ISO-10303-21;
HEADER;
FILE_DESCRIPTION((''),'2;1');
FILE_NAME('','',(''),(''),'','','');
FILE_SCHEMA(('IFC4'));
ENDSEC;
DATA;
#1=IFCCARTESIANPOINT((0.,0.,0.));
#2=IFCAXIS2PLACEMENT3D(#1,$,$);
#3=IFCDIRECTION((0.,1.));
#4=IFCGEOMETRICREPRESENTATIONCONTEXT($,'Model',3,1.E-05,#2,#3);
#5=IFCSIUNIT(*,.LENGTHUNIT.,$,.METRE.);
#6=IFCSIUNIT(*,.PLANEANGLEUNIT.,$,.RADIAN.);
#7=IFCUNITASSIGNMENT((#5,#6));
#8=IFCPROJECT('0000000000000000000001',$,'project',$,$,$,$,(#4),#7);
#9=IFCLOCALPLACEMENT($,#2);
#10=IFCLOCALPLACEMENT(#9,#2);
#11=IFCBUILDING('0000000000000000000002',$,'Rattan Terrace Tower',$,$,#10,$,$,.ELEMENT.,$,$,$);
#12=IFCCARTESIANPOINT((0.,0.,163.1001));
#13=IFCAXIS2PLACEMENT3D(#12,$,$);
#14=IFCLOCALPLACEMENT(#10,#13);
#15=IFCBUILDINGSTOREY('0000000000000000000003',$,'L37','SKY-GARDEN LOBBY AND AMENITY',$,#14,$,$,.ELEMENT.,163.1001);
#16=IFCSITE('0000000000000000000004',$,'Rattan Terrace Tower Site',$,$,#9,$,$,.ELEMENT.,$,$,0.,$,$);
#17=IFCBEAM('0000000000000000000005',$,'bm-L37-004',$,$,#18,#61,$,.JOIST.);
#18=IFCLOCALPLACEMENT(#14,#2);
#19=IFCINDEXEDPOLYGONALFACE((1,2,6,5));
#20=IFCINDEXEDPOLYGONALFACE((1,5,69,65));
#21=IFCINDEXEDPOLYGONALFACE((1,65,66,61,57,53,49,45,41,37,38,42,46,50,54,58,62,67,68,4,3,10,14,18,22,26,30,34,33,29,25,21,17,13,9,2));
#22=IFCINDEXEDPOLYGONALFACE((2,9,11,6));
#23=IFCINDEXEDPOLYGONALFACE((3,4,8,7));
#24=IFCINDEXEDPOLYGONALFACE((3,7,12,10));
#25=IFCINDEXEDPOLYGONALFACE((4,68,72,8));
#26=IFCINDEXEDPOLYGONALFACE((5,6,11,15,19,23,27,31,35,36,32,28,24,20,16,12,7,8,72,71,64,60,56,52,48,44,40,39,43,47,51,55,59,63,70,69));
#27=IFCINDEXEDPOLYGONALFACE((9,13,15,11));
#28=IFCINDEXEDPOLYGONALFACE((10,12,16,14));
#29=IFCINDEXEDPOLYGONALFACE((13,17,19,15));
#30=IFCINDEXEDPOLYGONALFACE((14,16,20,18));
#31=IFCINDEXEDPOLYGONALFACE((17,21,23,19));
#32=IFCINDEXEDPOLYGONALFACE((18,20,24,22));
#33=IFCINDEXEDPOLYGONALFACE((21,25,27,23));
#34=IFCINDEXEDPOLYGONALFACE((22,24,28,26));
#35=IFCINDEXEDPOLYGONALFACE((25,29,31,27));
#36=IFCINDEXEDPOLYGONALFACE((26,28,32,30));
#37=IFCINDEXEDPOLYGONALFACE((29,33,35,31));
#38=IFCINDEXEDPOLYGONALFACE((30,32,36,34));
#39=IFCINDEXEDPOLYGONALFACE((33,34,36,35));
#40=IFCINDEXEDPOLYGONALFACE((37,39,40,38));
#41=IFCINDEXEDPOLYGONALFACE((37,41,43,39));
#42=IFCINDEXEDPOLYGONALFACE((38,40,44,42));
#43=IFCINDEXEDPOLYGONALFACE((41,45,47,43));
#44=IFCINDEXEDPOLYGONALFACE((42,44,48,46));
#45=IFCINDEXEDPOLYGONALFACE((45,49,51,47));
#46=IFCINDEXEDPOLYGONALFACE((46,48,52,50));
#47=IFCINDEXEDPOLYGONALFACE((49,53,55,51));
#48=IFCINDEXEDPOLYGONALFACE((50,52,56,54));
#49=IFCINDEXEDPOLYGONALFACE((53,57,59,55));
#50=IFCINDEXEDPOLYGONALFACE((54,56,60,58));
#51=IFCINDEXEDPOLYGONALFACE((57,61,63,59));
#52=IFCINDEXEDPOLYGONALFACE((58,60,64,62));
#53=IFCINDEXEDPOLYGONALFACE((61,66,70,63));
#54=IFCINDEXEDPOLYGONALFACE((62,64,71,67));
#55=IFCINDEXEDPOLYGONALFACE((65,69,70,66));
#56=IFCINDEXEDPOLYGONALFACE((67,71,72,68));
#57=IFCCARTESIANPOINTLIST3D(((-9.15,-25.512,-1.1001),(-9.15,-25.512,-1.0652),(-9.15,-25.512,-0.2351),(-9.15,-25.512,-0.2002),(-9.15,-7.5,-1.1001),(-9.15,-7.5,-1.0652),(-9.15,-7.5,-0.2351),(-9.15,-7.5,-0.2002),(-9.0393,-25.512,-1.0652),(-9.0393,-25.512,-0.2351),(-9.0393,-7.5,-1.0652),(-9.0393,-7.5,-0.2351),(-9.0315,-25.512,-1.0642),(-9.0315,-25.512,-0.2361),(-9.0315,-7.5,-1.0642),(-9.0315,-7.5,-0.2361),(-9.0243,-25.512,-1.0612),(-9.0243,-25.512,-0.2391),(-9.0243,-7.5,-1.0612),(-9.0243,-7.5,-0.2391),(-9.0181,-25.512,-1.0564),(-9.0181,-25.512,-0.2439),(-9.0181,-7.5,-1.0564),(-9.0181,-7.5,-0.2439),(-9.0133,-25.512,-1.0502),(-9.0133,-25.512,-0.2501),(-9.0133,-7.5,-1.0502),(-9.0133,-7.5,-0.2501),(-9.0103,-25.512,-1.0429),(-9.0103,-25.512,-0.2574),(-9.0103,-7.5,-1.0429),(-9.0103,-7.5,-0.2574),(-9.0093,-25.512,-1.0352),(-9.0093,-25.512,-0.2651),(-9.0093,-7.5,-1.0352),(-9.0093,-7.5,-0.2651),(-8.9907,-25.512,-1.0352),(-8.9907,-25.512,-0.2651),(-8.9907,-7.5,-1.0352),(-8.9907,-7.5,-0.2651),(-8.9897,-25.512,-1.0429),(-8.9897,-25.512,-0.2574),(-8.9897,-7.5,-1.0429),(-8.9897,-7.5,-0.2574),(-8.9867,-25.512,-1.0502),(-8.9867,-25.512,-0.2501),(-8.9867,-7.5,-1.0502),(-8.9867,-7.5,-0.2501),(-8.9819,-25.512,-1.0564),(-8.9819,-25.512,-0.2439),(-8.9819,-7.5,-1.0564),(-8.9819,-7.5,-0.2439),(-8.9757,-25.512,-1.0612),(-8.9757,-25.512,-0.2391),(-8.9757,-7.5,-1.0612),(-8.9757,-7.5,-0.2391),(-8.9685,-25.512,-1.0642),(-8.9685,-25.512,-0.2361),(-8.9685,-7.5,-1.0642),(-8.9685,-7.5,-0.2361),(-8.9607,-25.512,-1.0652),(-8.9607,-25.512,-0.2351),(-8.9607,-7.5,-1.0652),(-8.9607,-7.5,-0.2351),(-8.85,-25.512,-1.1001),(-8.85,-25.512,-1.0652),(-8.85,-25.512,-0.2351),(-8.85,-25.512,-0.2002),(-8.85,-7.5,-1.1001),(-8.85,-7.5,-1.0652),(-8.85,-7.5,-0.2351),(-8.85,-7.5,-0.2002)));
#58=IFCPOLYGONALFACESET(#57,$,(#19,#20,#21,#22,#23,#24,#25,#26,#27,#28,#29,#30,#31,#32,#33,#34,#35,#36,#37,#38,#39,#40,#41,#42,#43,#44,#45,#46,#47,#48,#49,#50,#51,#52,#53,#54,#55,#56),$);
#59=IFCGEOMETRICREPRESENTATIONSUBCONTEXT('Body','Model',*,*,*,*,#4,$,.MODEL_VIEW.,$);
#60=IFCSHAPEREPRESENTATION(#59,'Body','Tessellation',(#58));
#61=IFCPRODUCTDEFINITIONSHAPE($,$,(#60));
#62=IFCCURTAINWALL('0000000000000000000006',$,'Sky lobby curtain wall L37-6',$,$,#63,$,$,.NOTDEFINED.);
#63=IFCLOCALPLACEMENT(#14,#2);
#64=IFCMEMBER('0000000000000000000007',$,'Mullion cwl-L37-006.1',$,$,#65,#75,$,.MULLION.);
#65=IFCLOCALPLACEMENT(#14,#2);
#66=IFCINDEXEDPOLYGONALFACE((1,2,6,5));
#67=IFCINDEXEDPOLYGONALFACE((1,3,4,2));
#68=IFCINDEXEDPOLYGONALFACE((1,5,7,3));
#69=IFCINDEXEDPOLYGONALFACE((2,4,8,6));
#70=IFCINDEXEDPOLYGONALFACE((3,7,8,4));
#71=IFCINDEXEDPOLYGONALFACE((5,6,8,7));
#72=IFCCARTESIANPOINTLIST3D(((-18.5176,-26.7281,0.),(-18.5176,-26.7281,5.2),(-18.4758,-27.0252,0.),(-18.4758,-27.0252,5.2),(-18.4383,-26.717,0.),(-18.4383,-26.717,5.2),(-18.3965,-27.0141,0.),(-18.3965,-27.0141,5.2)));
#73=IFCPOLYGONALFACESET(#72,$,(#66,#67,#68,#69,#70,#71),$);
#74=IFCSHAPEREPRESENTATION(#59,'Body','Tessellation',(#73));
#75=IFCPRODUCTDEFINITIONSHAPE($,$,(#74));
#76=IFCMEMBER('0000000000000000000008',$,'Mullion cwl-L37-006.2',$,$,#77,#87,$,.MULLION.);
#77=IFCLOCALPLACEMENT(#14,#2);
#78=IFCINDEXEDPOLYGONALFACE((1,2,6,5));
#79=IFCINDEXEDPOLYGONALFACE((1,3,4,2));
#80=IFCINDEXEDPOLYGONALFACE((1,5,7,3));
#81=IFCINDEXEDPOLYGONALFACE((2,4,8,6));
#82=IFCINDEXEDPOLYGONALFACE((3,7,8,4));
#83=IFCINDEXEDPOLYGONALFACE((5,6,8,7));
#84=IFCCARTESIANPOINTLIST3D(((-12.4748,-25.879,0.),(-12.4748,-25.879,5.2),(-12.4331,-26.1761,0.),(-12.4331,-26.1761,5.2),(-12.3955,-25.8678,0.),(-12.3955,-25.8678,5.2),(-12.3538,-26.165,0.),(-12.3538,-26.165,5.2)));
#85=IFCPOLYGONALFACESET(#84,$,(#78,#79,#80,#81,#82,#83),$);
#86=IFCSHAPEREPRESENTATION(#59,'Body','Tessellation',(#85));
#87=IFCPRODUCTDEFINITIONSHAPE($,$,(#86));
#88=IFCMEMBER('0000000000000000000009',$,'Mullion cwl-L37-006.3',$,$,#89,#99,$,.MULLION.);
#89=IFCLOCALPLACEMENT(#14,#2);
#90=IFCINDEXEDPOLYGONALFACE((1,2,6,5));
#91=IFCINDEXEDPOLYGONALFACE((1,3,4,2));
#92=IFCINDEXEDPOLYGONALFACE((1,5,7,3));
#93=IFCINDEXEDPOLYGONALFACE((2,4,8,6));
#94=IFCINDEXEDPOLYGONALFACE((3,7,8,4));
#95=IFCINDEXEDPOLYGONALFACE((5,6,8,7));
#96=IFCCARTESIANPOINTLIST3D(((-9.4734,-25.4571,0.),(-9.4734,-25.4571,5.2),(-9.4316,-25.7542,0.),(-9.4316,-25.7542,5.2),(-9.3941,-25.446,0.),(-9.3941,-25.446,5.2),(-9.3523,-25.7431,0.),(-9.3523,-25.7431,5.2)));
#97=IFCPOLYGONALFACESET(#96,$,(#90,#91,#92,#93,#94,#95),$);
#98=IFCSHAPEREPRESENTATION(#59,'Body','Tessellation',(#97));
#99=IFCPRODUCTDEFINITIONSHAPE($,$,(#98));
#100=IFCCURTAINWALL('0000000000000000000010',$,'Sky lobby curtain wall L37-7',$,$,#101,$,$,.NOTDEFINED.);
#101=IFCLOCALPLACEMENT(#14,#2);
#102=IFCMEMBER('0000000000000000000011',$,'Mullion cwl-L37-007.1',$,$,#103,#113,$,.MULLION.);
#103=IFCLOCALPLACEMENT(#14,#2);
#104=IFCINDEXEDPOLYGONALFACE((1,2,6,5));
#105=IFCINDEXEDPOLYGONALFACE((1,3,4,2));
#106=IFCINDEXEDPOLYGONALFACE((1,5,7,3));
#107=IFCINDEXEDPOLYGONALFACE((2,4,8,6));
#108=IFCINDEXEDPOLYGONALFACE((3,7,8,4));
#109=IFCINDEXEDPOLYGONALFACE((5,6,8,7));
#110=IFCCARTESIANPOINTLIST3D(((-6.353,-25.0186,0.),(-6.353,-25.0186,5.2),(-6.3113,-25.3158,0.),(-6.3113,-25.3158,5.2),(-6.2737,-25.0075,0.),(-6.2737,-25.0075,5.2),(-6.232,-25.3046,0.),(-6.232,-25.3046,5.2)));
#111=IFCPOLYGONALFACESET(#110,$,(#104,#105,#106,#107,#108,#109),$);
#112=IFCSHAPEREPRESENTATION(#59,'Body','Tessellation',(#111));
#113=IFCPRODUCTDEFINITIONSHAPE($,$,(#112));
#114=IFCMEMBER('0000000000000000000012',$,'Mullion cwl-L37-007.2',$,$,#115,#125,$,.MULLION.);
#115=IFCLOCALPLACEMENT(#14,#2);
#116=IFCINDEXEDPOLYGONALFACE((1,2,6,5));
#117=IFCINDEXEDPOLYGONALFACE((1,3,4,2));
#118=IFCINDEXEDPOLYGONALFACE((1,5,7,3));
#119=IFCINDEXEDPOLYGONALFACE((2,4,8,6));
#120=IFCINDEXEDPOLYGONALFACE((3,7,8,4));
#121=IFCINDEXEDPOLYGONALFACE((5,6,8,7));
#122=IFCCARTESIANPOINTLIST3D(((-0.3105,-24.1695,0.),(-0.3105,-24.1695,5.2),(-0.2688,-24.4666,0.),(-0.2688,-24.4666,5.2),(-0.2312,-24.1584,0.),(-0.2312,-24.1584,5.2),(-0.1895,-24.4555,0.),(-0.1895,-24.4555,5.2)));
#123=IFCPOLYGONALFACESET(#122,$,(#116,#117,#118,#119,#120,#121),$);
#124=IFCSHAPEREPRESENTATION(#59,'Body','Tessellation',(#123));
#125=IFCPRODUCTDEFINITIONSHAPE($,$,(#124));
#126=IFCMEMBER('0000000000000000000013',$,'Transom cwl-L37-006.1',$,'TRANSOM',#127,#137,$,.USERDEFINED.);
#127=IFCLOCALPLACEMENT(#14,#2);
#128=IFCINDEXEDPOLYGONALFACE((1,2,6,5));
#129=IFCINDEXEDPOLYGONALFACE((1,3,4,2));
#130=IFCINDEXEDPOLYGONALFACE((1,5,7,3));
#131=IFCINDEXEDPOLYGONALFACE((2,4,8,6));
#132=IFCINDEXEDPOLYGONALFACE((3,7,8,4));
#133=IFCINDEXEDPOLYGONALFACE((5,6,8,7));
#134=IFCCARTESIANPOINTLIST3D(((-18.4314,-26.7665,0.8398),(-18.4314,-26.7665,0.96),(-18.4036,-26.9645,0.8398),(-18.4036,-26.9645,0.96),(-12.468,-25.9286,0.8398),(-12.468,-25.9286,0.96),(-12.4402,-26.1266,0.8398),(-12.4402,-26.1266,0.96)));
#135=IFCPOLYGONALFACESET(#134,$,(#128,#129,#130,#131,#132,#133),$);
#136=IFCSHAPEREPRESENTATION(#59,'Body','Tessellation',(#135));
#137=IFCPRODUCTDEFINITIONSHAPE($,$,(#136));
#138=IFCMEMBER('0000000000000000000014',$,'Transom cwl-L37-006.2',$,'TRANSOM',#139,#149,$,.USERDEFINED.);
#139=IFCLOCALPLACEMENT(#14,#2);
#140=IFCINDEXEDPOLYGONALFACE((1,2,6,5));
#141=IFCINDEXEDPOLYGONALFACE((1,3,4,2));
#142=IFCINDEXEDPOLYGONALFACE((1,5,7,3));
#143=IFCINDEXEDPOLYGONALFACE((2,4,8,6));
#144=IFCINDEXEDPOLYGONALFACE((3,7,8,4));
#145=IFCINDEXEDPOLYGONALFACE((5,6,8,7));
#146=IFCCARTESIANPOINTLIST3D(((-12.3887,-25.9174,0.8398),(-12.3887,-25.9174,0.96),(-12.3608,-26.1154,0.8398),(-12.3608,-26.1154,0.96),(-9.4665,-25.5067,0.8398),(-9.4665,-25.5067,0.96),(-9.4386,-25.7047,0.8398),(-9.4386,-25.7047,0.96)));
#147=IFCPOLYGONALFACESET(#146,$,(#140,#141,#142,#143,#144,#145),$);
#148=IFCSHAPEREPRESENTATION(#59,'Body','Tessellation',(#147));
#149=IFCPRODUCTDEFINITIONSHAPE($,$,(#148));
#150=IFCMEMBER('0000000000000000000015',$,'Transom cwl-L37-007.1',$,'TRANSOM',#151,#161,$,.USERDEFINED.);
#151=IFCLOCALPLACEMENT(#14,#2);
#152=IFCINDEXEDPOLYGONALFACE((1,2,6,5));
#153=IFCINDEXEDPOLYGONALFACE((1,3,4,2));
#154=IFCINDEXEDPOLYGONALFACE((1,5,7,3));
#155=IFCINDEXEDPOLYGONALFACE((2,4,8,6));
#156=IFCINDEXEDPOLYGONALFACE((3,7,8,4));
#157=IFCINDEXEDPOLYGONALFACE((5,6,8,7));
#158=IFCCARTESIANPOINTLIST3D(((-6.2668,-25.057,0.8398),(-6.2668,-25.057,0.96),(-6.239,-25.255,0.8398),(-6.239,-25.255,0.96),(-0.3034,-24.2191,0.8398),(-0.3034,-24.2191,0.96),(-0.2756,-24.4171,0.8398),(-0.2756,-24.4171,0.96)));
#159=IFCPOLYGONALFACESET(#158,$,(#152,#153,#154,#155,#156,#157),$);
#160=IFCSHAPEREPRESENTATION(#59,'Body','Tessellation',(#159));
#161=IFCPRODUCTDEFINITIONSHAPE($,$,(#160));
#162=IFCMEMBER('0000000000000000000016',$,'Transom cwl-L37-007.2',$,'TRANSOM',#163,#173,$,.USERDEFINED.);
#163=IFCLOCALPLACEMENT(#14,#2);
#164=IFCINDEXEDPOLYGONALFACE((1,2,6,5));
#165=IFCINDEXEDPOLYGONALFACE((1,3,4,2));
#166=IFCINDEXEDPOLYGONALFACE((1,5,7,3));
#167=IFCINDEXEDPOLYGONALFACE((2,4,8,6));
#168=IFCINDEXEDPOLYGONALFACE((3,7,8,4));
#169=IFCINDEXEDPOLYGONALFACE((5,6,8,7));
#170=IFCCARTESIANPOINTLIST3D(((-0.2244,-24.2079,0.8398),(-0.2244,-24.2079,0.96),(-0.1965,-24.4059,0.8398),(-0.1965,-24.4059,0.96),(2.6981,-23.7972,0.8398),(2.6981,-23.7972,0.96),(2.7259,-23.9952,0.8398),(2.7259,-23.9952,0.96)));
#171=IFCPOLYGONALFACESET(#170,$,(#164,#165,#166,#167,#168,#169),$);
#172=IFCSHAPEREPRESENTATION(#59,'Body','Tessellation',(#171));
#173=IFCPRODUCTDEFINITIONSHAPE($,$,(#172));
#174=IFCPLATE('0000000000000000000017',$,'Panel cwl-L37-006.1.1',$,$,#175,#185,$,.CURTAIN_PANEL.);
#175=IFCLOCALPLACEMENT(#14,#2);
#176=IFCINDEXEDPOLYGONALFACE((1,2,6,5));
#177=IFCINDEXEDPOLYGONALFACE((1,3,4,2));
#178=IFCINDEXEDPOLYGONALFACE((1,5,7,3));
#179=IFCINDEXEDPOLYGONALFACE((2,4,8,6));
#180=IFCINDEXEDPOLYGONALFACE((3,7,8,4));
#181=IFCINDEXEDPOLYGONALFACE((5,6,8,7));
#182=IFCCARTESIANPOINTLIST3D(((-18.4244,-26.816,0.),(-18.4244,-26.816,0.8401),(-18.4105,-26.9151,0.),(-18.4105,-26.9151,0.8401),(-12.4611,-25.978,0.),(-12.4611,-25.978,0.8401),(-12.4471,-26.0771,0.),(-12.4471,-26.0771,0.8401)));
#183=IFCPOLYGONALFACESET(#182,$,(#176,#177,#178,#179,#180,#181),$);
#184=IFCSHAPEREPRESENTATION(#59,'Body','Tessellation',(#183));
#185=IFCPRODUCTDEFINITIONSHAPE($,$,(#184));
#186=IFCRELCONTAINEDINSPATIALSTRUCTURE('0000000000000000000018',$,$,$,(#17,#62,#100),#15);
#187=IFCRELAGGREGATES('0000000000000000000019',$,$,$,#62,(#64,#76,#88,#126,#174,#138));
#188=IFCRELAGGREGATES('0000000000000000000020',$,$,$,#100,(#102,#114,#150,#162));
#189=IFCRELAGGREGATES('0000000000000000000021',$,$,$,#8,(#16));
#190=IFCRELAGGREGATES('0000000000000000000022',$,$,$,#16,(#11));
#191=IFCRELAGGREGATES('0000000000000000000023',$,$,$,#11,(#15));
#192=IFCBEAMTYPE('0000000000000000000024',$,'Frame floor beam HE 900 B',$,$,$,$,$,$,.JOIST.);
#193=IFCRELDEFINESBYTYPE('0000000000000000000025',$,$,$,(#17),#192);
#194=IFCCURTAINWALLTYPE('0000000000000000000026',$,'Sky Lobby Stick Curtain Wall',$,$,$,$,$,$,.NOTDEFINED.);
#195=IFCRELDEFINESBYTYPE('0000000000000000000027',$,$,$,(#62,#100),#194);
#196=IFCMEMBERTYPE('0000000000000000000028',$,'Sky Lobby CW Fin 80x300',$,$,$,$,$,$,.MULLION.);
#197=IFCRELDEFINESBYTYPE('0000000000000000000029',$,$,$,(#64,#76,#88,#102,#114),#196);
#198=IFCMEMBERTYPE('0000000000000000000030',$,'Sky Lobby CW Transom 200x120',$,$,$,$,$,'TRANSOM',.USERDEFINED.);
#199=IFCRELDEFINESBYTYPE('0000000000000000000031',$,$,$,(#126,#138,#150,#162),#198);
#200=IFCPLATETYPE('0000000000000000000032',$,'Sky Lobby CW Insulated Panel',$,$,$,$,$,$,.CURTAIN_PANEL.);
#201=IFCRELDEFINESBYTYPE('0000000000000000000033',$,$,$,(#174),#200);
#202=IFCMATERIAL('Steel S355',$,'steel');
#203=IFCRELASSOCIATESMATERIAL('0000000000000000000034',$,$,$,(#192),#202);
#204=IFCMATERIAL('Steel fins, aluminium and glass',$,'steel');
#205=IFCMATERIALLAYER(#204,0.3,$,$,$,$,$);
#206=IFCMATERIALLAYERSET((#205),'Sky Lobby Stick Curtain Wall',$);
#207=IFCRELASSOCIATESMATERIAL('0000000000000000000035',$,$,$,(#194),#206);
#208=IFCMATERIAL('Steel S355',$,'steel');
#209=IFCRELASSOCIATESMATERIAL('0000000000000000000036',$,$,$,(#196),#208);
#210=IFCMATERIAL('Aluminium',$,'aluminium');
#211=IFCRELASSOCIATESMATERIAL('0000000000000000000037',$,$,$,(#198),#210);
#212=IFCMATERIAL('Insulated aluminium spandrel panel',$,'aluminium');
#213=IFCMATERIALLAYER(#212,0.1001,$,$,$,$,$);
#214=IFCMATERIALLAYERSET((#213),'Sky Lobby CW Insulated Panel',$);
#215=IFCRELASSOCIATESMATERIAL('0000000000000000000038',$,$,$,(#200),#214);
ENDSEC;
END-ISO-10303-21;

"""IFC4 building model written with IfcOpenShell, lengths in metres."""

from ifc_helpers import new_model, si_unit, direction, frame, origin, origin_2d, place, context, subcontext, project, spatial, rectangle, i_section, extrude, material, layer, layer_set, material_profile, profile_set, type_object, element, aggregate, save


model = new_model("IFC4")

# Units and contexts
model_context = context("Model", 3, precision=1e-05, world=origin(), true_north=direction((0.0, 1.0)))
body_context = subcontext(model_context, "Body", "Model", "MODEL_VIEW")
ifc_project = project(units=[si_unit("LENGTHUNIT", "METRE"), si_unit("PLANEANGLEUNIT", "RADIAN")], contexts=[model_context])

# Site, building, storey
site_placement = place(None, origin())
site = spatial("IfcSite", under=ifc_project, at=site_placement, Name="Rattan Terrace Tower Site", CompositionType="ELEMENT", RefElevation=0.0)
building_placement = place(site_placement, origin())
building = spatial("IfcBuilding", under=site, at=building_placement, Name="Rattan Terrace Tower", CompositionType="ELEMENT")
storey_placement = place(building_placement, frame((0.0, 0.0, 163.1001)))
storey = spatial("IfcBuildingStorey", under=building, at=storey_placement, Name="L37", Description="SKY-GARDEN LOBBY AND AMENITY", CompositionType="ELEMENT", Elevation=163.1001)

# Beam
ifc_material_1 = material(Name="Steel S355", Category="steel")
ifc_material_profile_1 = material_profile(ifc_material_1, i_section(OverallWidth=0.3, OverallDepth=0.8999, WebThickness=0.0186, FlangeThickness=0.0349, FilletRadius=0.03, at=origin_2d()), Name="HE 900 B")
ifc_profile_set_1 = profile_set([ifc_material_profile_1], Name="Steel S355")
beam_type_1 = type_object("IfcBeamType", Name="Frame floor beam HE 900 B", PredefinedType="JOIST", material=ifc_profile_set_1)
beam_1_placement = place(storey_placement, frame((-9.0, -25.512, -0.6501), z_axis=(0.0, 1.0, 0.0), x_axis=(-1.0, 0.0, 0.0)))
element("IfcBeam", 1, at=beam_1_placement, inside=storey, type_object=beam_type_1, Name="bm-L37-004", PredefinedType="JOIST", context=body_context, shape_type="SweptSolid", body=[
    extrude(i_section(OverallWidth=0.3, OverallDepth=0.8999, WebThickness=0.0186, FlangeThickness=0.0349, FilletRadius=0.03, at=origin_2d()), origin(), (0.0, 0.0, 1.0), 18.012),
])

# Curtain walls, members
ifc_material_2 = material(Name="Steel fins, aluminium and glass", Category="steel")
ifc_layer_1 = layer(ifc_material_2, 0.3)
ifc_layer_set_1 = layer_set([ifc_layer_1], Name="Sky Lobby Stick Curtain Wall")
curtain_wall_type = type_object("IfcCurtainWallType", Name="Sky Lobby Stick Curtain Wall", PredefinedType="NOTDEFINED", material=ifc_layer_set_1)
curtain_wall_1_placement = place(storey_placement, origin())
curtain_wall_1 = element("IfcCurtainWall", 2, at=curtain_wall_1_placement, inside=storey, type_object=curtain_wall_type, Name="Sky lobby curtain wall L37-6", PredefinedType="NOTDEFINED")
ifc_material_3 = material(Name="Steel S355", Category="steel")
ifc_material_profile_2 = material_profile(ifc_material_3, rectangle(XDim=0.0801, YDim=0.3, at=origin_2d()), Name="Steel S355 80x300")
ifc_profile_set_2 = profile_set([ifc_material_profile_2], Name="Steel S355")
member_type_1 = type_object("IfcMemberType", Name="Sky Lobby CW Fin 80x300", PredefinedType="MULLION", material=ifc_profile_set_2)
member_1_placement = place(storey_placement, frame((-18.457, -26.8711, 0.0), z_axis=(0.0, 0.0, 1.0), x_axis=(0.99027, 0.139161, 0.0)))
member_1 = element("IfcMember", 3, at=member_1_placement, type_object=member_type_1, Name="Mullion cwl-L37-006.1", PredefinedType="MULLION", context=body_context, shape_type="SweptSolid", body=[
    extrude(rectangle(XDim=0.0801, YDim=0.3, at=origin_2d()), origin(), (0.0, 0.0, 1.0), 5.2),
])
member_2_placement = place(storey_placement, frame((-12.4143, -26.022, 0.0), z_axis=(0.0, 0.0, 1.0), x_axis=(0.99027, 0.139161, 0.0)))
member_2 = element("IfcMember", 4, at=member_2_placement, type_object=member_type_1, Name="Mullion cwl-L37-006.2", PredefinedType="MULLION", context=body_context, shape_type="SweptSolid", body=[
    extrude(rectangle(XDim=0.0801, YDim=0.3, at=origin_2d()), origin(), (0.0, 0.0, 1.0), 5.2),
])
member_3_placement = place(storey_placement, frame((-9.4128, -25.6001, 0.0), z_axis=(0.0, 0.0, 1.0), x_axis=(0.99027, 0.139161, 0.0)))
member_3 = element("IfcMember", 5, at=member_3_placement, type_object=member_type_1, Name="Mullion cwl-L37-006.3", PredefinedType="MULLION", context=body_context, shape_type="SweptSolid", body=[
    extrude(rectangle(XDim=0.0801, YDim=0.3, at=origin_2d()), origin(), (0.0, 0.0, 1.0), 5.2),
])
curtain_wall_2_placement = place(storey_placement, origin())
curtain_wall_2 = element("IfcCurtainWall", 6, at=curtain_wall_2_placement, inside=storey, type_object=curtain_wall_type, Name="Sky lobby curtain wall L37-7", PredefinedType="NOTDEFINED")
member_4_placement = place(storey_placement, frame((-6.2925, -25.1616, 0.0), z_axis=(0.0, 0.0, 1.0), x_axis=(0.99027, 0.139161, 0.0)))
member_4 = element("IfcMember", 7, at=member_4_placement, type_object=member_type_1, Name="Mullion cwl-L37-007.1", PredefinedType="MULLION", context=body_context, shape_type="SweptSolid", body=[
    extrude(rectangle(XDim=0.0801, YDim=0.3, at=origin_2d()), origin(), (0.0, 0.0, 1.0), 5.2),
])
member_5_placement = place(storey_placement, frame((-0.25, -24.3125, 0.0), z_axis=(0.0, 0.0, 1.0), x_axis=(0.99027, 0.139161, 0.0)))
member_5 = element("IfcMember", 8, at=member_5_placement, type_object=member_type_1, Name="Mullion cwl-L37-007.2", PredefinedType="MULLION", context=body_context, shape_type="SweptSolid", body=[
    extrude(rectangle(XDim=0.0801, YDim=0.3, at=origin_2d()), origin(), (0.0, 0.0, 1.0), 5.2),
])

# Members
ifc_material_4 = material(Name="Aluminium", Category="aluminium")
ifc_material_profile_3 = material_profile(ifc_material_4, rectangle(XDim=0.2, YDim=0.1201, at=origin_2d()), Name="Aluminium 200x120")
ifc_profile_set_3 = profile_set([ifc_material_profile_3], Name="Aluminium")
member_type_2 = type_object("IfcMemberType", Name="Sky Lobby CW Transom 200x120", ElementType="TRANSOM", PredefinedType="USERDEFINED", material=ifc_profile_set_3)
member_6_placement = place(storey_placement, frame((-18.4175, -26.8655, 0.8999), z_axis=(0.990273, 0.139139, 0.0), x_axis=(-0.139139, 0.990273, 0.0)))
member_6 = element("IfcMember", 9, at=member_6_placement, type_object=member_type_2, Name="Transom cwl-L37-006.1", ObjectType="TRANSOM", PredefinedType="USERDEFINED", context=body_context, shape_type="SweptSolid", body=[
    extrude(rectangle(XDim=0.2, YDim=0.1201, at=origin_2d()), origin(), (0.0, 0.0, 1.0), 6.022),
])
member_7_placement = place(storey_placement, frame((-12.3748, -26.0164, 0.8999), z_axis=(0.99027, 0.139162, 0.0), x_axis=(-0.139162, 0.99027, 0.0)))
member_7 = element("IfcMember", 10, at=member_7_placement, type_object=member_type_2, Name="Transom cwl-L37-006.2", ObjectType="TRANSOM", PredefinedType="USERDEFINED", context=body_context, shape_type="SweptSolid", body=[
    extrude(rectangle(XDim=0.2, YDim=0.1201, at=origin_2d()), origin(), (0.0, 0.0, 1.0), 2.9509),
])
member_8_placement = place(storey_placement, frame((-6.2529, -25.156, 0.8999), z_axis=(0.990273, 0.139139, 0.0), x_axis=(-0.139139, 0.990273, 0.0)))
member_8 = element("IfcMember", 11, at=member_8_placement, type_object=member_type_2, Name="Transom cwl-L37-007.1", ObjectType="TRANSOM", PredefinedType="USERDEFINED", context=body_context, shape_type="SweptSolid", body=[
    extrude(rectangle(XDim=0.2, YDim=0.1201, at=origin_2d()), origin(), (0.0, 0.0, 1.0), 6.022),
])
member_9_placement = place(storey_placement, frame((-0.2104, -24.3069, 0.8999), z_axis=(0.990271, 0.139151, 0.0), x_axis=(-0.139151, 0.990271, 0.0)))
member_9 = element("IfcMember", 12, at=member_9_placement, type_object=member_type_2, Name="Transom cwl-L37-007.2", ObjectType="TRANSOM", PredefinedType="USERDEFINED", context=body_context, shape_type="SweptSolid", body=[
    extrude(rectangle(XDim=0.2, YDim=0.1201, at=origin_2d()), origin(), (0.0, 0.0, 1.0), 2.9512),
])

# Plate
ifc_material_5 = material(Name="Insulated aluminium spandrel panel", Category="aluminium")
ifc_layer_2 = layer(ifc_material_5, 0.1001)
ifc_layer_set_2 = layer_set([ifc_layer_2], Name="Sky Lobby CW Insulated Panel")
plate_type_1 = type_object("IfcPlateType", Name="Sky Lobby CW Insulated Panel", PredefinedType="CURTAIN_PANEL", material=ifc_layer_set_2)
plate_1_placement = place(storey_placement, frame((-15.4358, -26.4465, 0.0), z_axis=(0.0, 0.0, 1.0), x_axis=(0.99027, 0.139161, 0.0)))
plate_1 = element("IfcPlate", 13, at=plate_1_placement, type_object=plate_type_1, Name="Panel cwl-L37-006.1.1", PredefinedType="CURTAIN_PANEL", context=body_context, shape_type="SweptSolid", body=[
    extrude(rectangle(XDim=6.022, YDim=0.1001, at=origin_2d()), origin(), (0.0, 0.0, 1.0), 0.8401),
])
aggregate(curtain_wall_1, [member_1, member_2, member_3, member_6, plate_1, member_7])
aggregate(curtain_wall_2, [member_4, member_5, member_8, member_9])

save(model, "model.ifc")
